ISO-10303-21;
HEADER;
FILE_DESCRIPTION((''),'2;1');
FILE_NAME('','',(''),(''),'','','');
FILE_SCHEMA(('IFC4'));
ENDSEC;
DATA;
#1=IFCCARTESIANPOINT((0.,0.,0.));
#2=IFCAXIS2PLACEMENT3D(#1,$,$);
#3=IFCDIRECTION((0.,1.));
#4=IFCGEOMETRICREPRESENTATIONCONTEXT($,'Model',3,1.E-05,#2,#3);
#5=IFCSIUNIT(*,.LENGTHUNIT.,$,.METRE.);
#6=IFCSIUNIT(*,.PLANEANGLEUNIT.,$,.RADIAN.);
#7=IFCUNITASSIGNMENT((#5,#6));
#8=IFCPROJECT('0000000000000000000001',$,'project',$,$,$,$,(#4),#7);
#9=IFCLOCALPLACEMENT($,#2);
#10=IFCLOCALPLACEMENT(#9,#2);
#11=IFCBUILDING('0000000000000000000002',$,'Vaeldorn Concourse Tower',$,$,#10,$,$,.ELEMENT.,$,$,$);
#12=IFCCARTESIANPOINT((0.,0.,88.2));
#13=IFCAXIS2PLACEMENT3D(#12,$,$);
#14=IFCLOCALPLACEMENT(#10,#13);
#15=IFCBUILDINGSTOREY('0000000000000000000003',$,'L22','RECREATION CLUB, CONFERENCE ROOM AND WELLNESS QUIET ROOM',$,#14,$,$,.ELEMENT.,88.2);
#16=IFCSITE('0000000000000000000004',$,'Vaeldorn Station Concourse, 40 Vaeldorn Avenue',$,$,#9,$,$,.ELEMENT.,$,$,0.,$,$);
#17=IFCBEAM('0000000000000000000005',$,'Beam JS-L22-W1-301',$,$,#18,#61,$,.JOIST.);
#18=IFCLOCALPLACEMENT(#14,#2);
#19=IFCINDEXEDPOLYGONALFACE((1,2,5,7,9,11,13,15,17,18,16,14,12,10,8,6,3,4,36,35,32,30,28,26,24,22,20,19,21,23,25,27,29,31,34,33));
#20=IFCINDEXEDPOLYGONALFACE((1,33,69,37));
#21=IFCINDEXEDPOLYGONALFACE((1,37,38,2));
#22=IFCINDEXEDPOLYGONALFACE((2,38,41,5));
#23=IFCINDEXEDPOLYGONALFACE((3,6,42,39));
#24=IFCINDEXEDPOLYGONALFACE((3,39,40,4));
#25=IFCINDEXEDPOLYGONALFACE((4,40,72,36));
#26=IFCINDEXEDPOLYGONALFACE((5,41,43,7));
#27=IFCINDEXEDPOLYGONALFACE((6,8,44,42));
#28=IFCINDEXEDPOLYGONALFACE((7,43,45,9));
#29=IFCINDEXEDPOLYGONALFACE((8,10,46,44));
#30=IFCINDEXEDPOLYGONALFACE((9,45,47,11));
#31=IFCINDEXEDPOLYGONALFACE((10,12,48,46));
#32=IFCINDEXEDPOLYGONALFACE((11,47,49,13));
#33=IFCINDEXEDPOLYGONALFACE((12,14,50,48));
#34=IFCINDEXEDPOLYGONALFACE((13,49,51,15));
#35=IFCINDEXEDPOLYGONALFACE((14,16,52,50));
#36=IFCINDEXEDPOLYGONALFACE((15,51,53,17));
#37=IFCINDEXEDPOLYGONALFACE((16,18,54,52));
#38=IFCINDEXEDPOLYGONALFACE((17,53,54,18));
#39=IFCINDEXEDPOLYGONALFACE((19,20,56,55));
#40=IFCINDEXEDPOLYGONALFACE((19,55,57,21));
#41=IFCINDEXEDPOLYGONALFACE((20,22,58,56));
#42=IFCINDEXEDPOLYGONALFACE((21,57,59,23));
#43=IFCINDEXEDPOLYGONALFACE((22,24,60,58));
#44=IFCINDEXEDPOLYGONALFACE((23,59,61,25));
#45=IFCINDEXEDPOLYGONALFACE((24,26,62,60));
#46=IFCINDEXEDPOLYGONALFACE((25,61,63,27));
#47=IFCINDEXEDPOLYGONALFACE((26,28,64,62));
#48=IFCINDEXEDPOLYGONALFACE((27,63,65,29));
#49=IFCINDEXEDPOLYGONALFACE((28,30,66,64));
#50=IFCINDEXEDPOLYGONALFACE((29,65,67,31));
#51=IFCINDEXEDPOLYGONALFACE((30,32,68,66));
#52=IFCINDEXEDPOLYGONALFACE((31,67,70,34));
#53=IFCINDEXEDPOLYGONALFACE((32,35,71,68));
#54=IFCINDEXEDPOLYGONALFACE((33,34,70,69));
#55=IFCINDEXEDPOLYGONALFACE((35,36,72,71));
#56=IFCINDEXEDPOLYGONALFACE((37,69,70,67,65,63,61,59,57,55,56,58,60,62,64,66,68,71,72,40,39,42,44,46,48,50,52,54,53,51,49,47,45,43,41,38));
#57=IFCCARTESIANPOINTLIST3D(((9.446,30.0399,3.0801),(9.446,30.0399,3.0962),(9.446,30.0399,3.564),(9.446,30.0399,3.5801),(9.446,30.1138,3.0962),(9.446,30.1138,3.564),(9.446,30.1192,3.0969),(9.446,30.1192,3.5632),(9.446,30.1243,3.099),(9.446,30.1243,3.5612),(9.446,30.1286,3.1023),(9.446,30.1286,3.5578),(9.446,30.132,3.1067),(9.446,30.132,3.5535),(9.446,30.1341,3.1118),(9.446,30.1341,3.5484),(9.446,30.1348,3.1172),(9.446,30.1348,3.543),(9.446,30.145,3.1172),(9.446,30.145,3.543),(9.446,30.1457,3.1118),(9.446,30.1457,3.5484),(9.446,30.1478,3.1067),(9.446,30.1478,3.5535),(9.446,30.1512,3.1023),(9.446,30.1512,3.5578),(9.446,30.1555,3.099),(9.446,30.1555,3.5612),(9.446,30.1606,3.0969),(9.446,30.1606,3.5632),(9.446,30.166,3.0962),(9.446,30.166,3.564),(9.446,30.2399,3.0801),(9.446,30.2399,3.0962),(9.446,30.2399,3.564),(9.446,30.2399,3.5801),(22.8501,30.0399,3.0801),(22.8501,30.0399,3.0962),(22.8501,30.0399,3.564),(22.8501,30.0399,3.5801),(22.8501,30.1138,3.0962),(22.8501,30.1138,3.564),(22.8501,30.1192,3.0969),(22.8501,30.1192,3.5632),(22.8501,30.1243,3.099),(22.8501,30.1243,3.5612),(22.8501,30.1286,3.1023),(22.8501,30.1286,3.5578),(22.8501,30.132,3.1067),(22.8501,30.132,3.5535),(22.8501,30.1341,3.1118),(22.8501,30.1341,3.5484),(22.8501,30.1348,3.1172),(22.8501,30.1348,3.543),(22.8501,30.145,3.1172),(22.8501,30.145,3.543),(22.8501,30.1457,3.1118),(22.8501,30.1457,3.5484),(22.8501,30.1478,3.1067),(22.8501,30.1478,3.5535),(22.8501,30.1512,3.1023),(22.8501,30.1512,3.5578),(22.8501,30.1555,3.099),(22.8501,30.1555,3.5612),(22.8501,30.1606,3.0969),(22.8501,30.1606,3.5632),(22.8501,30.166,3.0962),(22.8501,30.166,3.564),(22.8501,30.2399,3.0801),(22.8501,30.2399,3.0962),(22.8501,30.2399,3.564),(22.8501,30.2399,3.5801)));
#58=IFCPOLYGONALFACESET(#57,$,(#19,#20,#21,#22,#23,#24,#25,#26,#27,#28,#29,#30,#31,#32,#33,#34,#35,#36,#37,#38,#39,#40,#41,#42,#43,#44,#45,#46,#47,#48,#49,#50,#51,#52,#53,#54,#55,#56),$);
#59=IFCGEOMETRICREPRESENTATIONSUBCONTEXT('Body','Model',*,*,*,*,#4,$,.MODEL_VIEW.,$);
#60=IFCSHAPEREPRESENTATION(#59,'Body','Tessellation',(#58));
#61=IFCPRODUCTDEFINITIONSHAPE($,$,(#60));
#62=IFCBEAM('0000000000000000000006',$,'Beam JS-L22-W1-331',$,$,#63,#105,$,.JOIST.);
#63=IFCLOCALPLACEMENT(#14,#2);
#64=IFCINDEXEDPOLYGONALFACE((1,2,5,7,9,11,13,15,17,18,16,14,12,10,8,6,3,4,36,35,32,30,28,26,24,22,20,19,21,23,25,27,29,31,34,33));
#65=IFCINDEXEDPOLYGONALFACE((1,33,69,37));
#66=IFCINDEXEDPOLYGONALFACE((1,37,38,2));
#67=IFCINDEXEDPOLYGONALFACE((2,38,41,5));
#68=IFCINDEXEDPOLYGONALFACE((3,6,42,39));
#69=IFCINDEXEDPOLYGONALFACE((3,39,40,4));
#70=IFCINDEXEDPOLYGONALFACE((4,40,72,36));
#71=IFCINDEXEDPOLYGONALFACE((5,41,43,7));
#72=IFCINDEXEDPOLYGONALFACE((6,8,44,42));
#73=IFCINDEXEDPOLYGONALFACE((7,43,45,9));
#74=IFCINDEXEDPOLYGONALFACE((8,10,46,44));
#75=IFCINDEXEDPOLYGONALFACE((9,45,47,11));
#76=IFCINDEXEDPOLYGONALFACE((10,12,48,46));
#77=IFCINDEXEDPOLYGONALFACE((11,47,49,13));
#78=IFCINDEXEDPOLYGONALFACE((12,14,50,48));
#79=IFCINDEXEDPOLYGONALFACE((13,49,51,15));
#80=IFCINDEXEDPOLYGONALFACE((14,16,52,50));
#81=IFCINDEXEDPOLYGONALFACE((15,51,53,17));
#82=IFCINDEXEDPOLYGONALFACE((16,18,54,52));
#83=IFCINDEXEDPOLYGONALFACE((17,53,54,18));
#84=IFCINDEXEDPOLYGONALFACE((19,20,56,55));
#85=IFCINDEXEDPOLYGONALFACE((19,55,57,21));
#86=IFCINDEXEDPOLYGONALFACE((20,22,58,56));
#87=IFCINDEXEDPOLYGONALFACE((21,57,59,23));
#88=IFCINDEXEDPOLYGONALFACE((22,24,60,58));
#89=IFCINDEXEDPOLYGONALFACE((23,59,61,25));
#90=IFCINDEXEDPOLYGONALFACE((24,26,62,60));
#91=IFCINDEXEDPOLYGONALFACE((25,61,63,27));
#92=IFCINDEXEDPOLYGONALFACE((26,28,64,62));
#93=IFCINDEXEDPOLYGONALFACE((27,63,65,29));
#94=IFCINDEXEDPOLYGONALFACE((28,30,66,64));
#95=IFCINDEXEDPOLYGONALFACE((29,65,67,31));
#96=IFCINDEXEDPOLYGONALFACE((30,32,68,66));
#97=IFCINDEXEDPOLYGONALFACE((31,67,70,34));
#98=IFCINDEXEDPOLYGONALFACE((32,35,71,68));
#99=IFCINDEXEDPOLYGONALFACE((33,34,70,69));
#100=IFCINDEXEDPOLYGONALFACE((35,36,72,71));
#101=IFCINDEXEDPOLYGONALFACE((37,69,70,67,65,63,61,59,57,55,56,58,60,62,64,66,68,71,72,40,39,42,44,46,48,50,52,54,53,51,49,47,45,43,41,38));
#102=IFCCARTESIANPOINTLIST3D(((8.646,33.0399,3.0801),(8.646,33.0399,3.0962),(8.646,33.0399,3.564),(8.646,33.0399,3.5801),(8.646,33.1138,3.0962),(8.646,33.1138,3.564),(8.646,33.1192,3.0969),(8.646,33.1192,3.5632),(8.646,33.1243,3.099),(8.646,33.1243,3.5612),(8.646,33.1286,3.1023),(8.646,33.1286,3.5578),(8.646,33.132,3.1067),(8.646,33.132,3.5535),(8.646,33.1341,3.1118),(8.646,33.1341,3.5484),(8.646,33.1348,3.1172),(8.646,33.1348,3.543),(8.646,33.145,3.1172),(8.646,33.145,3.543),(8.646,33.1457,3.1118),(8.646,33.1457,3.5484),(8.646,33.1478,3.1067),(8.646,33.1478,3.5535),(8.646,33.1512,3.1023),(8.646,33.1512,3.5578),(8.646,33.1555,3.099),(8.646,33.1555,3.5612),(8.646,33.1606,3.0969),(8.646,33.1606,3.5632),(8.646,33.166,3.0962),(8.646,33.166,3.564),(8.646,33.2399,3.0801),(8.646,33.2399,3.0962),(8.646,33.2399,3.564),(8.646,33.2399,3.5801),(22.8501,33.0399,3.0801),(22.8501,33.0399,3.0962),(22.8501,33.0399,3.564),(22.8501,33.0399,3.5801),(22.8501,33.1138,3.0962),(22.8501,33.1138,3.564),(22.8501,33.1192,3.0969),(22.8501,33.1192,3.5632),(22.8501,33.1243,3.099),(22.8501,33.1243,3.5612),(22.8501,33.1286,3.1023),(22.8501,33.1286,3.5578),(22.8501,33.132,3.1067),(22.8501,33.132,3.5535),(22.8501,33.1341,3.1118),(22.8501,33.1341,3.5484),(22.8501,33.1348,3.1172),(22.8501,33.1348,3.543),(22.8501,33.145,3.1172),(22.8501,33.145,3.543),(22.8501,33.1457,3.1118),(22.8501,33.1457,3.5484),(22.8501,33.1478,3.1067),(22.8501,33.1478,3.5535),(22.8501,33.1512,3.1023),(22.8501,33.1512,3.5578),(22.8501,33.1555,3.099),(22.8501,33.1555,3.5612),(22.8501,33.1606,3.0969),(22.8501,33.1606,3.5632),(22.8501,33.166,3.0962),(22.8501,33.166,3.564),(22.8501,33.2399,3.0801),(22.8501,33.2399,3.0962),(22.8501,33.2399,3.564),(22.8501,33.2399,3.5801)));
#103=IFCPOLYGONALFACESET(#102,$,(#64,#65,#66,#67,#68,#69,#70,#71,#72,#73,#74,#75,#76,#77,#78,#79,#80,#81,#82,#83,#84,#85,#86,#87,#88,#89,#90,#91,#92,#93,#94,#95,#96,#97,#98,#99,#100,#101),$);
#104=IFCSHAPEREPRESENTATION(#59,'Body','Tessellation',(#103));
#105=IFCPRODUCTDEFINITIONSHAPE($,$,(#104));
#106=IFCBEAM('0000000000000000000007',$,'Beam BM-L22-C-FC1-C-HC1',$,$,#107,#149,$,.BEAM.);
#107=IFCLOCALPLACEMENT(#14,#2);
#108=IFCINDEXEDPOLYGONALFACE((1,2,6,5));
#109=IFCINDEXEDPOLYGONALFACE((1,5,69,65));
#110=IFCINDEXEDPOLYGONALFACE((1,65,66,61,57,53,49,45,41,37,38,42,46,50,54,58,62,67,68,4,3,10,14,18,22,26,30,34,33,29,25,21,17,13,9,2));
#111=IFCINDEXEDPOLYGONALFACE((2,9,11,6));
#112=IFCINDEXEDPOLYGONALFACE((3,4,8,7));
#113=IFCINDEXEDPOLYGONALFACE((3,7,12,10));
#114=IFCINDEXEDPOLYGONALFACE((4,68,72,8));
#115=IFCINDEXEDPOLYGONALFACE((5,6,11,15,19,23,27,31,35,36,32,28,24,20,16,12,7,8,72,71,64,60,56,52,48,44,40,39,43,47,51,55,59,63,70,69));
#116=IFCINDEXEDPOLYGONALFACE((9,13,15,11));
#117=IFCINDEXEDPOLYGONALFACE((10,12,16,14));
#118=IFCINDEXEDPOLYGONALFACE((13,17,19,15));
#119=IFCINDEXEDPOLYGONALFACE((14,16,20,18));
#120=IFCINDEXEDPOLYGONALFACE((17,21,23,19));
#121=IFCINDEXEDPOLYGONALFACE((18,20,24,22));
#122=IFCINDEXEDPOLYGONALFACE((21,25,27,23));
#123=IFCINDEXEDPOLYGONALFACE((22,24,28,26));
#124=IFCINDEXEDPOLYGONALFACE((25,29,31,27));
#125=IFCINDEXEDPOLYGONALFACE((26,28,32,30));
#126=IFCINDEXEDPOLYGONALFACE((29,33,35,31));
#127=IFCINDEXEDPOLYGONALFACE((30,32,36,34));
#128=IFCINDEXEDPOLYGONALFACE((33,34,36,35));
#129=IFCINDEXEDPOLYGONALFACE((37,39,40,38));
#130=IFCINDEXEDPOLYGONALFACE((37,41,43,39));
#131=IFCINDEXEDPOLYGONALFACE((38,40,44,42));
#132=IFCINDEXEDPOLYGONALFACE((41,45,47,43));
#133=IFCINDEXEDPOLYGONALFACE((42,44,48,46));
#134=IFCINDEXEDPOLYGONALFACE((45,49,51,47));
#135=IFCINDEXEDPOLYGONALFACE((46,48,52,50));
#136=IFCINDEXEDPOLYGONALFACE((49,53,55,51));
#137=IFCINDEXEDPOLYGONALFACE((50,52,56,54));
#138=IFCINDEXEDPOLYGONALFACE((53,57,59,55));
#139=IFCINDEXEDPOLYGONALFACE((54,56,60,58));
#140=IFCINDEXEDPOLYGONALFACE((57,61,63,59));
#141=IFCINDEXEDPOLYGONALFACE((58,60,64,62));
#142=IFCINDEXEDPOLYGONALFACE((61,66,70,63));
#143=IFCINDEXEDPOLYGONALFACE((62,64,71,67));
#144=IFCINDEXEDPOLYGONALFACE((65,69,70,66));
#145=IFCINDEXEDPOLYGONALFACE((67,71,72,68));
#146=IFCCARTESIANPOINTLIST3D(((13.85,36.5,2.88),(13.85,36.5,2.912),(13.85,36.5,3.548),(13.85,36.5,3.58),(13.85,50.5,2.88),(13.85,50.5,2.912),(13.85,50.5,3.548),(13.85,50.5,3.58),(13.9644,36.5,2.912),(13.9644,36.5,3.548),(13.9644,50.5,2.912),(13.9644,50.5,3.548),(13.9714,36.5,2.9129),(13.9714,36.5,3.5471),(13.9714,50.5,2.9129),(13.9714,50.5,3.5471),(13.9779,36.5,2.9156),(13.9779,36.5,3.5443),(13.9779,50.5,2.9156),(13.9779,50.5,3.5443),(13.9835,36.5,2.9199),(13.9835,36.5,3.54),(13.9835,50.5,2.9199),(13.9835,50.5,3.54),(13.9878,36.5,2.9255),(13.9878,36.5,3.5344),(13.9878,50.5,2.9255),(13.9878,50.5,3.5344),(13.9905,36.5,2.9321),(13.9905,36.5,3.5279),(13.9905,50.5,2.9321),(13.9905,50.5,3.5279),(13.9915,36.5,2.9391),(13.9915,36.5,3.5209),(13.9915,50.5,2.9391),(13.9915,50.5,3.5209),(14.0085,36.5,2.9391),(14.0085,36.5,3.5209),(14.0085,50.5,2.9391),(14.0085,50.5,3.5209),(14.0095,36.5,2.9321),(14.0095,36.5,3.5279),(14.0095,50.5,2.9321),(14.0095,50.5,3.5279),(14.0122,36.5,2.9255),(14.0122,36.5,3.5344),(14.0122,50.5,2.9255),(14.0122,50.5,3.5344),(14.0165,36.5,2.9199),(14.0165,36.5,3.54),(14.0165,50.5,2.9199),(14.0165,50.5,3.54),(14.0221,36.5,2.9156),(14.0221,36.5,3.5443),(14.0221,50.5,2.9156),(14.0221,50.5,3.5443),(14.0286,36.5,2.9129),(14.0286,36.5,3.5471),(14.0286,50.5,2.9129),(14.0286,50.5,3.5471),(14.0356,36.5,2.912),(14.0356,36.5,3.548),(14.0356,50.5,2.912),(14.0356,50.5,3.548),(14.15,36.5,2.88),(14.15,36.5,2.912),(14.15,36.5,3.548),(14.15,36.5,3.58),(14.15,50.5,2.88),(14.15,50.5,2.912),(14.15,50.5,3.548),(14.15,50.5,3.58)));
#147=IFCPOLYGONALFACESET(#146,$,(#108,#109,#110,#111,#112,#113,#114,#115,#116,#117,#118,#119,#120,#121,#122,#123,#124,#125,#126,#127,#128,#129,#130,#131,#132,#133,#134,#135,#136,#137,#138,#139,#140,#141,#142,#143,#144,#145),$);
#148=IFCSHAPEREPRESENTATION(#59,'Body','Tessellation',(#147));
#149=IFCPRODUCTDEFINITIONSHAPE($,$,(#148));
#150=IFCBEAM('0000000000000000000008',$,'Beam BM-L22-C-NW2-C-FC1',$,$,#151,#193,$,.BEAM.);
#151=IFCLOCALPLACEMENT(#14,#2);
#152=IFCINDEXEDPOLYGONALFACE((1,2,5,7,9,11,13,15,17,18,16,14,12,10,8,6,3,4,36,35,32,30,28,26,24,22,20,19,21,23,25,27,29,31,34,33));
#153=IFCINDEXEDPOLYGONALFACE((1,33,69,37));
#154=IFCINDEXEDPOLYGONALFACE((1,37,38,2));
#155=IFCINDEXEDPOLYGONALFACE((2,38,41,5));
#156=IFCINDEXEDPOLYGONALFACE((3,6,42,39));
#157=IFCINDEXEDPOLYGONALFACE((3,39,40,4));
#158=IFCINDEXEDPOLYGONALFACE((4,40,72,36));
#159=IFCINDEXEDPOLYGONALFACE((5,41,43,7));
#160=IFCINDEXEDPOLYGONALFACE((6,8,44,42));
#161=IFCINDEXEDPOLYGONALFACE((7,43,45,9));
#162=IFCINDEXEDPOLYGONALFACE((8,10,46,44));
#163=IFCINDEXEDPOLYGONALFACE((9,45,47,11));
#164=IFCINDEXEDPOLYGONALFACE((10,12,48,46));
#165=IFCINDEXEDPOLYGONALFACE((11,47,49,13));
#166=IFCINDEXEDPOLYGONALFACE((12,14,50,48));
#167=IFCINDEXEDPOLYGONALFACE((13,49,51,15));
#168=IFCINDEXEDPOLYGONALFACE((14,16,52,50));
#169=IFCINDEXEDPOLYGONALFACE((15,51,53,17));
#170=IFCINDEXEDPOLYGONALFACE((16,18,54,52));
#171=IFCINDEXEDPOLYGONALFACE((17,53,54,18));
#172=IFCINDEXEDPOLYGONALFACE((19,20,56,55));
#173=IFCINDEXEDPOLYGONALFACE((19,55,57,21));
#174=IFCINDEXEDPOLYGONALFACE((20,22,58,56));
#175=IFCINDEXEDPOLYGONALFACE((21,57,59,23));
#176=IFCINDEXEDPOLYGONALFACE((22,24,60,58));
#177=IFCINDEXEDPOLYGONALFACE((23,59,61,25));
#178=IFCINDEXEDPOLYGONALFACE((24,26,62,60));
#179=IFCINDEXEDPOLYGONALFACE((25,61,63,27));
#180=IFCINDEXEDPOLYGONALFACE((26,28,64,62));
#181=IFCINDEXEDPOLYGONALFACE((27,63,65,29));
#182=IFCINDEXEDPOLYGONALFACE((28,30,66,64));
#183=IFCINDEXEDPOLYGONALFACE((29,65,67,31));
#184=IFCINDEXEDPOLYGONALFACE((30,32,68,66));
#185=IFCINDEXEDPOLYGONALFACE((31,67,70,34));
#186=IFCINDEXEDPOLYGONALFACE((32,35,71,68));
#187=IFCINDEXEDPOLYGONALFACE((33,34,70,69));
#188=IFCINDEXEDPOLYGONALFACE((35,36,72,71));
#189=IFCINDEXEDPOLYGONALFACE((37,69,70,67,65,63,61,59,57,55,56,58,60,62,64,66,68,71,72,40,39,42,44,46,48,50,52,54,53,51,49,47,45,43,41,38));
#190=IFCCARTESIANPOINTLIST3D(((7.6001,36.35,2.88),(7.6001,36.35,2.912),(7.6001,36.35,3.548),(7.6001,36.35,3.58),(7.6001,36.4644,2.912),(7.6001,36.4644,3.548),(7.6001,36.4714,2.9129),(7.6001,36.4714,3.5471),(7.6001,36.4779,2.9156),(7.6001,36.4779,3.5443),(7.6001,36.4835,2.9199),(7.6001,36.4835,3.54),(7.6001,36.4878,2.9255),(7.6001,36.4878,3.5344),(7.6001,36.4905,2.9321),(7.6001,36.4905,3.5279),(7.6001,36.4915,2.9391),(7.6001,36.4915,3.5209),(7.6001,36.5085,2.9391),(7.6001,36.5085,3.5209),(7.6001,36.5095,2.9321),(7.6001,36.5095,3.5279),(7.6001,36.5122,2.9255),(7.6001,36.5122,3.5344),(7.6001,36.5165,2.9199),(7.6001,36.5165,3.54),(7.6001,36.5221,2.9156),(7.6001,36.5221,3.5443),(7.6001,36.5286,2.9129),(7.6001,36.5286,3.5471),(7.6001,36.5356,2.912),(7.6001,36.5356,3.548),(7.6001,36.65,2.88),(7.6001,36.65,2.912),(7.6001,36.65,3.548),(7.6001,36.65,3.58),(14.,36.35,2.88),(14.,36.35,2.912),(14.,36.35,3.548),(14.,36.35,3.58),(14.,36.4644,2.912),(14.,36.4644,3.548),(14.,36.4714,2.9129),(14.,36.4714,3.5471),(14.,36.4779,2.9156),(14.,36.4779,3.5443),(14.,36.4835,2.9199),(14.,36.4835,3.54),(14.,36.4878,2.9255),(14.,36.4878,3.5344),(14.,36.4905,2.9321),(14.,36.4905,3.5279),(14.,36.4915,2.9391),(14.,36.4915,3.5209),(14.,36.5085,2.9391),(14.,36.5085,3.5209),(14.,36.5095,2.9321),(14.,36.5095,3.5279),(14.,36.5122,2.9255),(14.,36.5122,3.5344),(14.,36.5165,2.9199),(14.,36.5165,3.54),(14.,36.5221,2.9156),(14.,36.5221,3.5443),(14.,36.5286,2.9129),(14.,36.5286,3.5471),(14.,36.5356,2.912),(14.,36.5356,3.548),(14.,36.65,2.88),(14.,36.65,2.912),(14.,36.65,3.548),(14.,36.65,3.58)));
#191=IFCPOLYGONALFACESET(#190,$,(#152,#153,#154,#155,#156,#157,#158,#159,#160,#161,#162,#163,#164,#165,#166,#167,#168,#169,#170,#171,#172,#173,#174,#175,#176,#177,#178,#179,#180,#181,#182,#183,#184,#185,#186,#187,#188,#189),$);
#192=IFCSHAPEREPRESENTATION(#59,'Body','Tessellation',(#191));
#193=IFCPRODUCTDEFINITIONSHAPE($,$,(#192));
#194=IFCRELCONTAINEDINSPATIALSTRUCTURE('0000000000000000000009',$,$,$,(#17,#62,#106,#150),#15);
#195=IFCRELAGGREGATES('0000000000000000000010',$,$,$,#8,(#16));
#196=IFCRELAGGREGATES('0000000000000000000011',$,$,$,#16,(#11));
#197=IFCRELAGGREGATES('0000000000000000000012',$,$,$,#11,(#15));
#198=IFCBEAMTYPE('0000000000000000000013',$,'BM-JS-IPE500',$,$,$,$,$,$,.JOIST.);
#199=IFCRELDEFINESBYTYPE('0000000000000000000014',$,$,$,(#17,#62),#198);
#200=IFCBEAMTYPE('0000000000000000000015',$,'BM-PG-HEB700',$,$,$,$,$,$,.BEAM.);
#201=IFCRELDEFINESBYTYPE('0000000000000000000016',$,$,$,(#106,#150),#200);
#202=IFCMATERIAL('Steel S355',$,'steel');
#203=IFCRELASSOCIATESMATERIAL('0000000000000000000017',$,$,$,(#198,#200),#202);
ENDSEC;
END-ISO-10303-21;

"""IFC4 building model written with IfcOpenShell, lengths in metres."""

from ifc_helpers import new_model, si_unit, direction, frame, origin, origin_2d, place, context, subcontext, project, spatial, i_section, extrude, source, transform, mapped, material, material_profile, profile_set, type_object, element, save


model = new_model("IFC4")

# Units and contexts
model_context = context("Model", 3, precision=1e-05, world=origin(), true_north=direction((0.0, 1.0)))
body_context = subcontext(model_context, "Body", "Model", "MODEL_VIEW")
ifc_project = project(units=[si_unit("LENGTHUNIT", "METRE"), si_unit("PLANEANGLEUNIT", "RADIAN")], contexts=[model_context])

# Site, building, storey
site_placement = place(None, origin())
site = spatial("IfcSite", under=ifc_project, at=site_placement, Name="Vaeldorn Station Concourse, 40 Vaeldorn Avenue", CompositionType="ELEMENT", RefElevation=0.0)
building_placement = place(site_placement, origin())
building = spatial("IfcBuilding", under=site, at=building_placement, Name="Vaeldorn Concourse Tower", CompositionType="ELEMENT")
storey_placement = place(building_placement, frame((0.0, 0.0, 88.2)))
storey = spatial("IfcBuildingStorey", under=building, at=storey_placement, Name="L22", Description="RECREATION CLUB, CONFERENCE ROOM AND WELLNESS QUIET ROOM", CompositionType="ELEMENT", Elevation=88.2)

# Beams
ifc_material_1 = material(Name="Steel S355", Category="steel")
ifc_material_profile_1 = material_profile(ifc_material_1, i_section(OverallWidth=0.2, OverallDepth=0.5, WebThickness=0.0103, FlangeThickness=0.0161, FilletRadius=0.021, at=origin_2d()), Name="IPE 500")
ifc_profile_set_1 = profile_set([ifc_material_profile_1], Name="Steel S355")
beam_type_1 = type_object("IfcBeamType", Name="BM-JS-IPE500", PredefinedType="JOIST", material=ifc_profile_set_1)
shared_shape_1 = source(origin(), body_context, "Body", "SweptSolid", [
    extrude(i_section(OverallWidth=0.2, OverallDepth=0.5, WebThickness=0.0103, FlangeThickness=0.0161, FilletRadius=0.021, at=origin_2d()), origin(), (0.0, 0.0, 1.0), 13.4041),
])
beam_1_placement = place(storey_placement, frame((9.446, 30.1399, 3.3301), z_axis=(1.0, 0.0, 0.0), x_axis=(0.0, 1.0, 0.0)))
element("IfcBeam", 1, at=beam_1_placement, inside=storey, type_object=beam_type_1, Name="Beam JS-L22-W1-301", PredefinedType="JOIST", context=body_context, shape_type="MappedRepresentation", body=[
    mapped(shared_shape_1, transform((0.0, 0.0, 0.0), scale=1.0)),
])
shared_shape_2 = source(origin(), body_context, "Body", "SweptSolid", [
    extrude(i_section(OverallWidth=0.2, OverallDepth=0.5, WebThickness=0.0103, FlangeThickness=0.0161, FilletRadius=0.021, at=origin_2d()), origin(), (0.0, 0.0, 1.0), 14.2041),
])
beam_2_placement = place(storey_placement, frame((8.646, 33.1399, 3.3301), z_axis=(1.0, 0.0, 0.0), x_axis=(0.0, 1.0, 0.0)))
element("IfcBeam", 2, at=beam_2_placement, inside=storey, type_object=beam_type_1, Name="Beam JS-L22-W1-331", PredefinedType="JOIST", context=body_context, shape_type="MappedRepresentation", body=[
    mapped(shared_shape_2, transform((0.0, 0.0, 0.0), scale=1.0)),
])
ifc_material_profile_2 = material_profile(ifc_material_1, i_section(OverallWidth=0.3, OverallDepth=0.7, WebThickness=0.0171, FlangeThickness=0.032, FilletRadius=0.0271, at=origin_2d()), Name="HEB 700")
ifc_profile_set_2 = profile_set([ifc_material_profile_2], Name="Steel S355")
beam_type_2 = type_object("IfcBeamType", Name="BM-PG-HEB700", PredefinedType="BEAM", material=ifc_profile_set_2)
shared_shape_3 = source(origin(), body_context, "Body", "SweptSolid", [
    extrude(i_section(OverallWidth=0.3, OverallDepth=0.7, WebThickness=0.0171, FlangeThickness=0.032, FilletRadius=0.0271, at=origin_2d()), origin(), (0.0, 0.0, 1.0), 14.0),
])
beam_3_placement = place(storey_placement, frame((14.0, 36.5, 3.23), z_axis=(0.0, 1.0, 0.0), x_axis=(-1.0, 0.0, 0.0)))
element("IfcBeam", 3, at=beam_3_placement, inside=storey, type_object=beam_type_2, Name="Beam BM-L22-C-FC1-C-HC1", PredefinedType="BEAM", context=body_context, shape_type="MappedRepresentation", body=[
    mapped(shared_shape_3, transform((0.0, 0.0, 0.0), scale=1.0)),
])
shared_shape_4 = source(origin(), body_context, "Body", "SweptSolid", [
    extrude(i_section(OverallWidth=0.3, OverallDepth=0.7, WebThickness=0.0171, FlangeThickness=0.032, FilletRadius=0.0271, at=origin_2d()), origin(), (0.0, 0.0, 1.0), 6.3999),
])
beam_4_placement = place(storey_placement, frame((7.6001, 36.5, 3.23), z_axis=(1.0, 0.0, 0.0), x_axis=(0.0, 1.0, 0.0)))
element("IfcBeam", 4, at=beam_4_placement, inside=storey, type_object=beam_type_2, Name="Beam BM-L22-C-NW2-C-FC1", PredefinedType="BEAM", context=body_context, shape_type="MappedRepresentation", body=[
    mapped(shared_shape_4, transform((0.0, 0.0, 0.0), scale=1.0)),
])

save(model, "model.ifc")
